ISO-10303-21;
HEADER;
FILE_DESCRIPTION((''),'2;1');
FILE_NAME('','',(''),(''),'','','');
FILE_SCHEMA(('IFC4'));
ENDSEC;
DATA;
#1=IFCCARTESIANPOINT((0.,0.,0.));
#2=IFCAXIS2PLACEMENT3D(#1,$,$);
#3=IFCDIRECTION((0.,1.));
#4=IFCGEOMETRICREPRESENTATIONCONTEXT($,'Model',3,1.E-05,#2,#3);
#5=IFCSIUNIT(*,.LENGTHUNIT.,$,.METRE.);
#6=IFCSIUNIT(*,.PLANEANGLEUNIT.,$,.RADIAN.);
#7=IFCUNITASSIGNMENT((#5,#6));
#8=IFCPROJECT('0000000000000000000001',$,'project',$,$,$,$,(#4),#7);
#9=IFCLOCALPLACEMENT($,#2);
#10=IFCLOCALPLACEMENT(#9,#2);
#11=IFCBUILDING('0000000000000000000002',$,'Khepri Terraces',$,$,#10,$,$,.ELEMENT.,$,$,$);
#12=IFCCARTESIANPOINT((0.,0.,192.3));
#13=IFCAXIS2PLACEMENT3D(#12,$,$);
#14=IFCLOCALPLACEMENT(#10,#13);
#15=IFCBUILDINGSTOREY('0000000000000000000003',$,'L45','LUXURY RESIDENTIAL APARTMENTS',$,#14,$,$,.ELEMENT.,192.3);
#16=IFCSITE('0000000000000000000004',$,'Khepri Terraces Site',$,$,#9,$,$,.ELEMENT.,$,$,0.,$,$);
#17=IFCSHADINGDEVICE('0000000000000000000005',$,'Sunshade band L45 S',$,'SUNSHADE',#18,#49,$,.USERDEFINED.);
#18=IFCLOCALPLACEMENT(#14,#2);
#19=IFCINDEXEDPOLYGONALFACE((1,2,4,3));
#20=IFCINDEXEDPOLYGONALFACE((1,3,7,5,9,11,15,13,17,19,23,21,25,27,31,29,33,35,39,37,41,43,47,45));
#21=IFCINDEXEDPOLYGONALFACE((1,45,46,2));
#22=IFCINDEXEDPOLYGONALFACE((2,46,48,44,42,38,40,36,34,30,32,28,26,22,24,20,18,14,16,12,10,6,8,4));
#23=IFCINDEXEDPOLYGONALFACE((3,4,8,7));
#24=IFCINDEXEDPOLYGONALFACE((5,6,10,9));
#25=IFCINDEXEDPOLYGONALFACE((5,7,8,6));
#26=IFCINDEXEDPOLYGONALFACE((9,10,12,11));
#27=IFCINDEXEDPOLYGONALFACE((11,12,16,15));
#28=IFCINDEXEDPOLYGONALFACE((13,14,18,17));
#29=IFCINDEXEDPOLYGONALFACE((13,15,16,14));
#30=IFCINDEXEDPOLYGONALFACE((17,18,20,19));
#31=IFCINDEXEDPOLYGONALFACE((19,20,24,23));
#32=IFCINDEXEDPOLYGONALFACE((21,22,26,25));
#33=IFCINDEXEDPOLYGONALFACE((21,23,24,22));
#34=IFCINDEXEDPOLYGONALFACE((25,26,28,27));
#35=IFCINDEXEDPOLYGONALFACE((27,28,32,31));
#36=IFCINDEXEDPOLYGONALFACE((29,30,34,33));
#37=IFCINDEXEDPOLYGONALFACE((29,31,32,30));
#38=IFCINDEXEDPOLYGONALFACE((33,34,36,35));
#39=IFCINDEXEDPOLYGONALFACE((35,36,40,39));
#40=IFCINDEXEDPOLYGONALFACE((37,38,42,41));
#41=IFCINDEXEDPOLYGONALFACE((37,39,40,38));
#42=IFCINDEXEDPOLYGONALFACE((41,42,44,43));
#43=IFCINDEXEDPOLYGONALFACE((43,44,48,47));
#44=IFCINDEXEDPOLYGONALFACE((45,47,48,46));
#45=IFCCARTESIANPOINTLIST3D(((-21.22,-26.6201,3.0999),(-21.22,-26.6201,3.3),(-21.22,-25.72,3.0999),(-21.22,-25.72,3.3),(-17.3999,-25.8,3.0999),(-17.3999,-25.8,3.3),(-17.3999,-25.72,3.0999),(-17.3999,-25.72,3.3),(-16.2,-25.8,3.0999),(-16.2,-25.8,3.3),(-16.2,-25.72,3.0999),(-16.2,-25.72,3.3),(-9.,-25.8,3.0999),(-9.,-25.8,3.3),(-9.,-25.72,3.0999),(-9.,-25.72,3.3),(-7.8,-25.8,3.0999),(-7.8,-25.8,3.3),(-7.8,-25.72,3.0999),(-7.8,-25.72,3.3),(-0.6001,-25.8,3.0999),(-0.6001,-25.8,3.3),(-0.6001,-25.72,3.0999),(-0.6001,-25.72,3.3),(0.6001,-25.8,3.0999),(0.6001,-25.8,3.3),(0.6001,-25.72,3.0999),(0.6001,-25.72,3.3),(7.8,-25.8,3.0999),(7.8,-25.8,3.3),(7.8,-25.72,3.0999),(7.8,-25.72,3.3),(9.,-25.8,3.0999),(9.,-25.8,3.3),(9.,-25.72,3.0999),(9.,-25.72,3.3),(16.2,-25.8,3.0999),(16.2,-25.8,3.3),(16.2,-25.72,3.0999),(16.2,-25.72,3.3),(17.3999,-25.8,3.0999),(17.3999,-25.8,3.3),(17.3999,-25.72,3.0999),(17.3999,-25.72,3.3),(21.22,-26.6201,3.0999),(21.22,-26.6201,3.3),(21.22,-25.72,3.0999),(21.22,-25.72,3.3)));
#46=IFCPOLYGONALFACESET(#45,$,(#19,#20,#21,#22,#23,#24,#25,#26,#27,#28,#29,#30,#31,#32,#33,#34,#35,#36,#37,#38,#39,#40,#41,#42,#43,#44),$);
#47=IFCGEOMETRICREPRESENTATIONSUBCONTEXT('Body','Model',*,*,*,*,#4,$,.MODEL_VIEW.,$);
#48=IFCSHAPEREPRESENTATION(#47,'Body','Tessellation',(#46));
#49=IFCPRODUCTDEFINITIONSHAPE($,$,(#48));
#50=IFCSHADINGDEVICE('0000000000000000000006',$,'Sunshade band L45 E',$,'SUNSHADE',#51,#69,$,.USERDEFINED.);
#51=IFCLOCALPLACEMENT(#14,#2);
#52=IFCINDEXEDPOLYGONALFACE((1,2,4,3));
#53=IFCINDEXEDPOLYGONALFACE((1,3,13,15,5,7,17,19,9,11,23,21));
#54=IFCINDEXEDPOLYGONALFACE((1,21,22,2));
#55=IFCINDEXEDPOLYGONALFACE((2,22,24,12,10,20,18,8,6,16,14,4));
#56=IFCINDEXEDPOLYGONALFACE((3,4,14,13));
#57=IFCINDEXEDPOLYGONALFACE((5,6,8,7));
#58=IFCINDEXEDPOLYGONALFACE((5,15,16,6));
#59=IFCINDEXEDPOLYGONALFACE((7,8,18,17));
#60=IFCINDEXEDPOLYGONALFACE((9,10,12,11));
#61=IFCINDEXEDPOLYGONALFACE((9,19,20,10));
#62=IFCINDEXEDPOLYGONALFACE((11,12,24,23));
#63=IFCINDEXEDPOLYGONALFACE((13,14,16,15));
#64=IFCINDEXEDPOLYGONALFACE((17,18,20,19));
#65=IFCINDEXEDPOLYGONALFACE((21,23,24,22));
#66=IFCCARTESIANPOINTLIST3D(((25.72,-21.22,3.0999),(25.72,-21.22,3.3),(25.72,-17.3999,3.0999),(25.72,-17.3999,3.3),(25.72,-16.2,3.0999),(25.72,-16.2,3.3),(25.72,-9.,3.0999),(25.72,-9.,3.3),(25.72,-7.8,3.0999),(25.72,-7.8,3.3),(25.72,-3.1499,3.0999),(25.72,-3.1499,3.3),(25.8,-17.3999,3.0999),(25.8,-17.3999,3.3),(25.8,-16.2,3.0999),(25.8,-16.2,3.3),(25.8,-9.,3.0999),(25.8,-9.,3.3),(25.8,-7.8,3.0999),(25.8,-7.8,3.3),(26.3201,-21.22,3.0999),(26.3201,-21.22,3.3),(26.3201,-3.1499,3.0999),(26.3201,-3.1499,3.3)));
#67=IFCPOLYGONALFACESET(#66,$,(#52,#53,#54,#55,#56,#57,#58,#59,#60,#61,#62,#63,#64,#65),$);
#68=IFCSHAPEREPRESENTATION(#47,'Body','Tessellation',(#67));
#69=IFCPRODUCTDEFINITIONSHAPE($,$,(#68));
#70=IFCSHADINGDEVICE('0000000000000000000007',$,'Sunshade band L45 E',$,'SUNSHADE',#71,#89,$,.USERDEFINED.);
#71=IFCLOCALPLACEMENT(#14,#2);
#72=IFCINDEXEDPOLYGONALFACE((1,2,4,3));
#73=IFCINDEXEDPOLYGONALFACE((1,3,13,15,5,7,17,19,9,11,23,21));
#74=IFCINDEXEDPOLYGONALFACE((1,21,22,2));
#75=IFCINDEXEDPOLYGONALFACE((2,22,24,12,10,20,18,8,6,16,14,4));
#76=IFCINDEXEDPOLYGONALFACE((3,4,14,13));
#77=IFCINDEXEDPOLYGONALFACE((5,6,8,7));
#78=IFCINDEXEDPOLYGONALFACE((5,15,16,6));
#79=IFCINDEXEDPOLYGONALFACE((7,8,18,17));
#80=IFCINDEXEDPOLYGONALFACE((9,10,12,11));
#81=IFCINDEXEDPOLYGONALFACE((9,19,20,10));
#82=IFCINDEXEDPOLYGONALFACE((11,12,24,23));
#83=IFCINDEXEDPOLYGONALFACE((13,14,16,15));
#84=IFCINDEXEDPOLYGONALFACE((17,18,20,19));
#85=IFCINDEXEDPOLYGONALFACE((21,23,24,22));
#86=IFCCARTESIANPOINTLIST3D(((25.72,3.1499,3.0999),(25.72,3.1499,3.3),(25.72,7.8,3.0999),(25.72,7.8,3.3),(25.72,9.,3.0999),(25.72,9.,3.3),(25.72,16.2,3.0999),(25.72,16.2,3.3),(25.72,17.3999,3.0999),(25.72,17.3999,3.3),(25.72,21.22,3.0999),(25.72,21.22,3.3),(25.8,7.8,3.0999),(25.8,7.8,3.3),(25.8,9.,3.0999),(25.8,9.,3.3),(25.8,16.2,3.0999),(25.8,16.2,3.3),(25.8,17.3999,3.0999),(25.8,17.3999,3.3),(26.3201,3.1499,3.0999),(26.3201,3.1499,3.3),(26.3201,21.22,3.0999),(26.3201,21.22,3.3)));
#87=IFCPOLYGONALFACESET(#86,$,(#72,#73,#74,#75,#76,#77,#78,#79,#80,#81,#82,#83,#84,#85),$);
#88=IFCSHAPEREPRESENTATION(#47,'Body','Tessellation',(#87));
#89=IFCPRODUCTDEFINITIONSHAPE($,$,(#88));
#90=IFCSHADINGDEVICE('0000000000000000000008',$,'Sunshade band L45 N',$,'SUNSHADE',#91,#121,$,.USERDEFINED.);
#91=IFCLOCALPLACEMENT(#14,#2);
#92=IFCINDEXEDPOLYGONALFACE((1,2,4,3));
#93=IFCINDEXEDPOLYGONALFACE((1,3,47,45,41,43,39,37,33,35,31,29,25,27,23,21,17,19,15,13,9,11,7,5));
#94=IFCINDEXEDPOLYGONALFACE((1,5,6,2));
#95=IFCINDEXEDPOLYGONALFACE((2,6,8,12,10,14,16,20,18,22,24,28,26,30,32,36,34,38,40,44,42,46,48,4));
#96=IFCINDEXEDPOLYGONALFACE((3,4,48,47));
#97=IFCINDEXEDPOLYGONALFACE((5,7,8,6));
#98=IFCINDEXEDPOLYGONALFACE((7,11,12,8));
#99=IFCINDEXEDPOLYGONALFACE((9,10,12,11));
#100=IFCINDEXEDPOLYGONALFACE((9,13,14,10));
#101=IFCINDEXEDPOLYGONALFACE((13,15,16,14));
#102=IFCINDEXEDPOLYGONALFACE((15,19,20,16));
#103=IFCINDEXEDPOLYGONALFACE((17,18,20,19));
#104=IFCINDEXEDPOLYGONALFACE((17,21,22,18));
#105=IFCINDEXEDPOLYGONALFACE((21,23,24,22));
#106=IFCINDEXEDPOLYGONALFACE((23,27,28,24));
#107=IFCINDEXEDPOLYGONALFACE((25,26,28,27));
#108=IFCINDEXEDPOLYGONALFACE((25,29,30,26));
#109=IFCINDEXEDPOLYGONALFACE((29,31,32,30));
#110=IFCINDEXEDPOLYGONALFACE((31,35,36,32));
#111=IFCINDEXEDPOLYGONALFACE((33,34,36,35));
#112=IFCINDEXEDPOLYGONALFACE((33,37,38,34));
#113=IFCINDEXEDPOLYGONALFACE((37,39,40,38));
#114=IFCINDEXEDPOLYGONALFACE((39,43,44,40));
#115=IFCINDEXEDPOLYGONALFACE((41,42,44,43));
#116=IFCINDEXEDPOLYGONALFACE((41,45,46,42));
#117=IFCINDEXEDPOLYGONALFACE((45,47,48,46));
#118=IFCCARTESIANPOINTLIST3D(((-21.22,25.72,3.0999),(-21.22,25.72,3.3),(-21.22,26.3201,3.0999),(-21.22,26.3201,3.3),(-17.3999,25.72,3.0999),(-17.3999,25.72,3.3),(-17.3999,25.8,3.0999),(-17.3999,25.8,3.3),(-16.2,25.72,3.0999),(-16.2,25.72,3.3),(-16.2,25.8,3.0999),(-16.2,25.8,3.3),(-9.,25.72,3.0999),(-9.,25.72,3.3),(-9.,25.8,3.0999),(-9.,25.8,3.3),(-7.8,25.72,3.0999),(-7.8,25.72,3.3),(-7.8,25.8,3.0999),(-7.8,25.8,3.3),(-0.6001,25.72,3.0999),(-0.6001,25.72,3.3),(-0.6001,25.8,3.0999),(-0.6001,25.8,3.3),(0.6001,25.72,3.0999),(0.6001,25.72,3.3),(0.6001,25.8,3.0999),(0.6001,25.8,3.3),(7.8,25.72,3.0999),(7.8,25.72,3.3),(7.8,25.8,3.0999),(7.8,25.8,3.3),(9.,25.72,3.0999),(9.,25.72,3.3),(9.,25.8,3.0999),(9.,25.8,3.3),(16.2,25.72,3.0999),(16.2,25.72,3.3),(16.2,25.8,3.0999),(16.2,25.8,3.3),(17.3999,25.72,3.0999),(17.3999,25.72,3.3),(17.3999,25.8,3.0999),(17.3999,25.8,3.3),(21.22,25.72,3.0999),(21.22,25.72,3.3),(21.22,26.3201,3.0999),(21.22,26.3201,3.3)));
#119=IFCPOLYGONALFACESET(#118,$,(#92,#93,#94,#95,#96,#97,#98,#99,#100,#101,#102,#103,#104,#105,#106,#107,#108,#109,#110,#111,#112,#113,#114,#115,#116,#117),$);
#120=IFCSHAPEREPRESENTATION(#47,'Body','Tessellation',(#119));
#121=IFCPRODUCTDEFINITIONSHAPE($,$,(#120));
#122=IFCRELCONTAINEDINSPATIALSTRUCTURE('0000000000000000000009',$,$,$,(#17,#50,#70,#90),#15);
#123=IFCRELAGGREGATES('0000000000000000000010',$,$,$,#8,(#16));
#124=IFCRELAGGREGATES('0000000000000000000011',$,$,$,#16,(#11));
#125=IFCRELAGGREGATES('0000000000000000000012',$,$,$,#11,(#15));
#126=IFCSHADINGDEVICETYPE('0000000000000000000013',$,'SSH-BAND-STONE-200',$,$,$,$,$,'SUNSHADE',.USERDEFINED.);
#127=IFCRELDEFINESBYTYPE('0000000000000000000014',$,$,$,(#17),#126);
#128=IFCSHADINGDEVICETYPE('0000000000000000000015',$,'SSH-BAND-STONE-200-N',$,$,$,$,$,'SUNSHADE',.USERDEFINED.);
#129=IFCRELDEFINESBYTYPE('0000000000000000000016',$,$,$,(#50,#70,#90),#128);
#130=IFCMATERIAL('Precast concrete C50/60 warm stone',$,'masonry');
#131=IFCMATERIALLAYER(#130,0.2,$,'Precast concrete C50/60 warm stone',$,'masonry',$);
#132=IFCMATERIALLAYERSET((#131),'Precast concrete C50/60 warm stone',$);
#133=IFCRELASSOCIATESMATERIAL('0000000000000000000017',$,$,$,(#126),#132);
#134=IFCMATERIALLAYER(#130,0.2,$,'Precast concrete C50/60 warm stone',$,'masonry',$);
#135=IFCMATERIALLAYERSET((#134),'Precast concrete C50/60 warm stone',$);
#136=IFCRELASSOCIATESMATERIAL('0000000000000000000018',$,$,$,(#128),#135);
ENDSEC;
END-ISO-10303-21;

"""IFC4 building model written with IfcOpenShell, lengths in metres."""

from ifc_helpers import new_model, si_unit, direction, frame, origin, place, context, subcontext, project, spatial, polyline, outline, extrude, material, layer, layer_set, type_object, element, save


model = new_model("IFC4")

# Units and contexts
model_context = context("Model", 3, precision=1e-05, world=origin(), true_north=direction((0.0, 1.0)))
body_context = subcontext(model_context, "Body", "Model", "MODEL_VIEW")
ifc_project = project(units=[si_unit("LENGTHUNIT", "METRE"), si_unit("PLANEANGLEUNIT", "RADIAN")], contexts=[model_context])

# Site, building, storey
site_placement = place(None, origin())
site = spatial("IfcSite", under=ifc_project, at=site_placement, Name="Khepri Terraces Site", CompositionType="ELEMENT", RefElevation=0.0)
building_placement = place(site_placement, origin())
building = spatial("IfcBuilding", under=site, at=building_placement, Name="Khepri Terraces", CompositionType="ELEMENT")
storey_placement = place(building_placement, frame((0.0, 0.0, 192.3)))
storey = spatial("IfcBuildingStorey", under=building, at=storey_placement, Name="L45", Description="LUXURY RESIDENTIAL APARTMENTS", CompositionType="ELEMENT", Elevation=192.3)

# Shared definitions
ifc_material_1 = material(Name="Precast concrete C50/60 warm stone", Category="masonry")

# Shading devices
ifc_layer_1 = layer(ifc_material_1, 0.2, Name="Precast concrete C50/60 warm stone", Category="masonry")
ifc_layer_set_1 = layer_set([ifc_layer_1], Name="Precast concrete C50/60 warm stone")
shading_device_type_1 = type_object("IfcShadingDeviceType", Name="SSH-BAND-STONE-200", ElementType="SUNSHADE", PredefinedType="USERDEFINED", material=ifc_layer_set_1)
shading_device_1_placement = place(storey_placement, frame((0.0, 0.0, 3.0999)))
element("IfcShadingDevice", 1, at=shading_device_1_placement, inside=storey, type_object=shading_device_type_1, Name="Sunshade band L45 S", ObjectType="SUNSHADE", PredefinedType="USERDEFINED", context=body_context, shape_type="SweptSolid", body=[
    extrude(outline(polyline([(-17.3999, -25.72), (-21.22, -25.72), (-21.22, -26.6201), (21.22, -26.6201), (21.22, -25.72), (17.3999, -25.72), (17.3999, -25.8), (16.2, -25.8), (16.2, -25.72), (9.0, -25.72), (9.0, -25.8), (7.8, -25.8), (7.8, -25.72), (0.6001, -25.72), (0.6001, -25.8), (-0.6001, -25.8), (-0.6001, -25.72), (-7.8, -25.72), (-7.8, -25.8), (-9.0, -25.8), (-9.0, -25.72), (-16.2, -25.72), (-16.2, -25.8), (-17.3999, -25.8), (-17.3999, -25.72)])), origin(), (0.0, 0.0, 1.0), 0.2002),
])
ifc_layer_2 = layer(ifc_material_1, 0.2, Name="Precast concrete C50/60 warm stone", Category="masonry")
ifc_layer_set_2 = layer_set([ifc_layer_2], Name="Precast concrete C50/60 warm stone")
shading_device_type_2 = type_object("IfcShadingDeviceType", Name="SSH-BAND-STONE-200-N", ElementType="SUNSHADE", PredefinedType="USERDEFINED", material=ifc_layer_set_2)
shading_device_2_placement = place(storey_placement, frame((0.0, 0.0, 3.0999)))
element("IfcShadingDevice", 2, at=shading_device_2_placement, inside=storey, type_object=shading_device_type_2, Name="Sunshade band L45 E", ObjectType="SUNSHADE", PredefinedType="USERDEFINED", context=body_context, shape_type="SweptSolid", body=[
    extrude(outline(polyline([(25.72, -17.3999), (25.72, -21.22), (26.3201, -21.22), (26.3201, -3.1499), (25.72, -3.1499), (25.72, -7.8), (25.8, -7.8), (25.8, -9.0), (25.72, -9.0), (25.72, -16.2), (25.8, -16.2), (25.8, -17.3999), (25.72, -17.3999)])), origin(), (0.0, 0.0, 1.0), 0.2002),
])
shading_device_3_placement = place(storey_placement, frame((0.0, 0.0, 3.0999)))
element("IfcShadingDevice", 3, at=shading_device_3_placement, inside=storey, type_object=shading_device_type_2, Name="Sunshade band L45 E", ObjectType="SUNSHADE", PredefinedType="USERDEFINED", context=body_context, shape_type="SweptSolid", body=[
    extrude(outline(polyline([(25.72, 7.8), (25.72, 3.1499), (26.3201, 3.1499), (26.3201, 21.22), (25.72, 21.22), (25.72, 17.3999), (25.8, 17.3999), (25.8, 16.2), (25.72, 16.2), (25.72, 9.0), (25.8, 9.0), (25.8, 7.8), (25.72, 7.8)])), origin(), (0.0, 0.0, 1.0), 0.2002),
])
shading_device_4_placement = place(storey_placement, frame((0.0, 0.0, 3.0999)))
element("IfcShadingDevice", 4, at=shading_device_4_placement, inside=storey, type_object=shading_device_type_2, Name="Sunshade band L45 N", ObjectType="SUNSHADE", PredefinedType="USERDEFINED", context=body_context, shape_type="SweptSolid", body=[
    extrude(outline(polyline([(17.3999, 25.72), (21.22, 25.72), (21.22, 26.3201), (-21.22, 26.3201), (-21.22, 25.72), (-17.3999, 25.72), (-17.3999, 25.8), (-16.2, 25.8), (-16.2, 25.72), (-9.0, 25.72), (-9.0, 25.8), (-7.8, 25.8), (-7.8, 25.72), (-0.6001, 25.72), (-0.6001, 25.8), (0.6001, 25.8), (0.6001, 25.72), (7.8, 25.72), (7.8, 25.8), (9.0, 25.8), (9.0, 25.72), (16.2, 25.72), (16.2, 25.8), (17.3999, 25.8), (17.3999, 25.72)])), origin(), (0.0, 0.0, 1.0), 0.2002),
])

save(model, "model.ifc")
